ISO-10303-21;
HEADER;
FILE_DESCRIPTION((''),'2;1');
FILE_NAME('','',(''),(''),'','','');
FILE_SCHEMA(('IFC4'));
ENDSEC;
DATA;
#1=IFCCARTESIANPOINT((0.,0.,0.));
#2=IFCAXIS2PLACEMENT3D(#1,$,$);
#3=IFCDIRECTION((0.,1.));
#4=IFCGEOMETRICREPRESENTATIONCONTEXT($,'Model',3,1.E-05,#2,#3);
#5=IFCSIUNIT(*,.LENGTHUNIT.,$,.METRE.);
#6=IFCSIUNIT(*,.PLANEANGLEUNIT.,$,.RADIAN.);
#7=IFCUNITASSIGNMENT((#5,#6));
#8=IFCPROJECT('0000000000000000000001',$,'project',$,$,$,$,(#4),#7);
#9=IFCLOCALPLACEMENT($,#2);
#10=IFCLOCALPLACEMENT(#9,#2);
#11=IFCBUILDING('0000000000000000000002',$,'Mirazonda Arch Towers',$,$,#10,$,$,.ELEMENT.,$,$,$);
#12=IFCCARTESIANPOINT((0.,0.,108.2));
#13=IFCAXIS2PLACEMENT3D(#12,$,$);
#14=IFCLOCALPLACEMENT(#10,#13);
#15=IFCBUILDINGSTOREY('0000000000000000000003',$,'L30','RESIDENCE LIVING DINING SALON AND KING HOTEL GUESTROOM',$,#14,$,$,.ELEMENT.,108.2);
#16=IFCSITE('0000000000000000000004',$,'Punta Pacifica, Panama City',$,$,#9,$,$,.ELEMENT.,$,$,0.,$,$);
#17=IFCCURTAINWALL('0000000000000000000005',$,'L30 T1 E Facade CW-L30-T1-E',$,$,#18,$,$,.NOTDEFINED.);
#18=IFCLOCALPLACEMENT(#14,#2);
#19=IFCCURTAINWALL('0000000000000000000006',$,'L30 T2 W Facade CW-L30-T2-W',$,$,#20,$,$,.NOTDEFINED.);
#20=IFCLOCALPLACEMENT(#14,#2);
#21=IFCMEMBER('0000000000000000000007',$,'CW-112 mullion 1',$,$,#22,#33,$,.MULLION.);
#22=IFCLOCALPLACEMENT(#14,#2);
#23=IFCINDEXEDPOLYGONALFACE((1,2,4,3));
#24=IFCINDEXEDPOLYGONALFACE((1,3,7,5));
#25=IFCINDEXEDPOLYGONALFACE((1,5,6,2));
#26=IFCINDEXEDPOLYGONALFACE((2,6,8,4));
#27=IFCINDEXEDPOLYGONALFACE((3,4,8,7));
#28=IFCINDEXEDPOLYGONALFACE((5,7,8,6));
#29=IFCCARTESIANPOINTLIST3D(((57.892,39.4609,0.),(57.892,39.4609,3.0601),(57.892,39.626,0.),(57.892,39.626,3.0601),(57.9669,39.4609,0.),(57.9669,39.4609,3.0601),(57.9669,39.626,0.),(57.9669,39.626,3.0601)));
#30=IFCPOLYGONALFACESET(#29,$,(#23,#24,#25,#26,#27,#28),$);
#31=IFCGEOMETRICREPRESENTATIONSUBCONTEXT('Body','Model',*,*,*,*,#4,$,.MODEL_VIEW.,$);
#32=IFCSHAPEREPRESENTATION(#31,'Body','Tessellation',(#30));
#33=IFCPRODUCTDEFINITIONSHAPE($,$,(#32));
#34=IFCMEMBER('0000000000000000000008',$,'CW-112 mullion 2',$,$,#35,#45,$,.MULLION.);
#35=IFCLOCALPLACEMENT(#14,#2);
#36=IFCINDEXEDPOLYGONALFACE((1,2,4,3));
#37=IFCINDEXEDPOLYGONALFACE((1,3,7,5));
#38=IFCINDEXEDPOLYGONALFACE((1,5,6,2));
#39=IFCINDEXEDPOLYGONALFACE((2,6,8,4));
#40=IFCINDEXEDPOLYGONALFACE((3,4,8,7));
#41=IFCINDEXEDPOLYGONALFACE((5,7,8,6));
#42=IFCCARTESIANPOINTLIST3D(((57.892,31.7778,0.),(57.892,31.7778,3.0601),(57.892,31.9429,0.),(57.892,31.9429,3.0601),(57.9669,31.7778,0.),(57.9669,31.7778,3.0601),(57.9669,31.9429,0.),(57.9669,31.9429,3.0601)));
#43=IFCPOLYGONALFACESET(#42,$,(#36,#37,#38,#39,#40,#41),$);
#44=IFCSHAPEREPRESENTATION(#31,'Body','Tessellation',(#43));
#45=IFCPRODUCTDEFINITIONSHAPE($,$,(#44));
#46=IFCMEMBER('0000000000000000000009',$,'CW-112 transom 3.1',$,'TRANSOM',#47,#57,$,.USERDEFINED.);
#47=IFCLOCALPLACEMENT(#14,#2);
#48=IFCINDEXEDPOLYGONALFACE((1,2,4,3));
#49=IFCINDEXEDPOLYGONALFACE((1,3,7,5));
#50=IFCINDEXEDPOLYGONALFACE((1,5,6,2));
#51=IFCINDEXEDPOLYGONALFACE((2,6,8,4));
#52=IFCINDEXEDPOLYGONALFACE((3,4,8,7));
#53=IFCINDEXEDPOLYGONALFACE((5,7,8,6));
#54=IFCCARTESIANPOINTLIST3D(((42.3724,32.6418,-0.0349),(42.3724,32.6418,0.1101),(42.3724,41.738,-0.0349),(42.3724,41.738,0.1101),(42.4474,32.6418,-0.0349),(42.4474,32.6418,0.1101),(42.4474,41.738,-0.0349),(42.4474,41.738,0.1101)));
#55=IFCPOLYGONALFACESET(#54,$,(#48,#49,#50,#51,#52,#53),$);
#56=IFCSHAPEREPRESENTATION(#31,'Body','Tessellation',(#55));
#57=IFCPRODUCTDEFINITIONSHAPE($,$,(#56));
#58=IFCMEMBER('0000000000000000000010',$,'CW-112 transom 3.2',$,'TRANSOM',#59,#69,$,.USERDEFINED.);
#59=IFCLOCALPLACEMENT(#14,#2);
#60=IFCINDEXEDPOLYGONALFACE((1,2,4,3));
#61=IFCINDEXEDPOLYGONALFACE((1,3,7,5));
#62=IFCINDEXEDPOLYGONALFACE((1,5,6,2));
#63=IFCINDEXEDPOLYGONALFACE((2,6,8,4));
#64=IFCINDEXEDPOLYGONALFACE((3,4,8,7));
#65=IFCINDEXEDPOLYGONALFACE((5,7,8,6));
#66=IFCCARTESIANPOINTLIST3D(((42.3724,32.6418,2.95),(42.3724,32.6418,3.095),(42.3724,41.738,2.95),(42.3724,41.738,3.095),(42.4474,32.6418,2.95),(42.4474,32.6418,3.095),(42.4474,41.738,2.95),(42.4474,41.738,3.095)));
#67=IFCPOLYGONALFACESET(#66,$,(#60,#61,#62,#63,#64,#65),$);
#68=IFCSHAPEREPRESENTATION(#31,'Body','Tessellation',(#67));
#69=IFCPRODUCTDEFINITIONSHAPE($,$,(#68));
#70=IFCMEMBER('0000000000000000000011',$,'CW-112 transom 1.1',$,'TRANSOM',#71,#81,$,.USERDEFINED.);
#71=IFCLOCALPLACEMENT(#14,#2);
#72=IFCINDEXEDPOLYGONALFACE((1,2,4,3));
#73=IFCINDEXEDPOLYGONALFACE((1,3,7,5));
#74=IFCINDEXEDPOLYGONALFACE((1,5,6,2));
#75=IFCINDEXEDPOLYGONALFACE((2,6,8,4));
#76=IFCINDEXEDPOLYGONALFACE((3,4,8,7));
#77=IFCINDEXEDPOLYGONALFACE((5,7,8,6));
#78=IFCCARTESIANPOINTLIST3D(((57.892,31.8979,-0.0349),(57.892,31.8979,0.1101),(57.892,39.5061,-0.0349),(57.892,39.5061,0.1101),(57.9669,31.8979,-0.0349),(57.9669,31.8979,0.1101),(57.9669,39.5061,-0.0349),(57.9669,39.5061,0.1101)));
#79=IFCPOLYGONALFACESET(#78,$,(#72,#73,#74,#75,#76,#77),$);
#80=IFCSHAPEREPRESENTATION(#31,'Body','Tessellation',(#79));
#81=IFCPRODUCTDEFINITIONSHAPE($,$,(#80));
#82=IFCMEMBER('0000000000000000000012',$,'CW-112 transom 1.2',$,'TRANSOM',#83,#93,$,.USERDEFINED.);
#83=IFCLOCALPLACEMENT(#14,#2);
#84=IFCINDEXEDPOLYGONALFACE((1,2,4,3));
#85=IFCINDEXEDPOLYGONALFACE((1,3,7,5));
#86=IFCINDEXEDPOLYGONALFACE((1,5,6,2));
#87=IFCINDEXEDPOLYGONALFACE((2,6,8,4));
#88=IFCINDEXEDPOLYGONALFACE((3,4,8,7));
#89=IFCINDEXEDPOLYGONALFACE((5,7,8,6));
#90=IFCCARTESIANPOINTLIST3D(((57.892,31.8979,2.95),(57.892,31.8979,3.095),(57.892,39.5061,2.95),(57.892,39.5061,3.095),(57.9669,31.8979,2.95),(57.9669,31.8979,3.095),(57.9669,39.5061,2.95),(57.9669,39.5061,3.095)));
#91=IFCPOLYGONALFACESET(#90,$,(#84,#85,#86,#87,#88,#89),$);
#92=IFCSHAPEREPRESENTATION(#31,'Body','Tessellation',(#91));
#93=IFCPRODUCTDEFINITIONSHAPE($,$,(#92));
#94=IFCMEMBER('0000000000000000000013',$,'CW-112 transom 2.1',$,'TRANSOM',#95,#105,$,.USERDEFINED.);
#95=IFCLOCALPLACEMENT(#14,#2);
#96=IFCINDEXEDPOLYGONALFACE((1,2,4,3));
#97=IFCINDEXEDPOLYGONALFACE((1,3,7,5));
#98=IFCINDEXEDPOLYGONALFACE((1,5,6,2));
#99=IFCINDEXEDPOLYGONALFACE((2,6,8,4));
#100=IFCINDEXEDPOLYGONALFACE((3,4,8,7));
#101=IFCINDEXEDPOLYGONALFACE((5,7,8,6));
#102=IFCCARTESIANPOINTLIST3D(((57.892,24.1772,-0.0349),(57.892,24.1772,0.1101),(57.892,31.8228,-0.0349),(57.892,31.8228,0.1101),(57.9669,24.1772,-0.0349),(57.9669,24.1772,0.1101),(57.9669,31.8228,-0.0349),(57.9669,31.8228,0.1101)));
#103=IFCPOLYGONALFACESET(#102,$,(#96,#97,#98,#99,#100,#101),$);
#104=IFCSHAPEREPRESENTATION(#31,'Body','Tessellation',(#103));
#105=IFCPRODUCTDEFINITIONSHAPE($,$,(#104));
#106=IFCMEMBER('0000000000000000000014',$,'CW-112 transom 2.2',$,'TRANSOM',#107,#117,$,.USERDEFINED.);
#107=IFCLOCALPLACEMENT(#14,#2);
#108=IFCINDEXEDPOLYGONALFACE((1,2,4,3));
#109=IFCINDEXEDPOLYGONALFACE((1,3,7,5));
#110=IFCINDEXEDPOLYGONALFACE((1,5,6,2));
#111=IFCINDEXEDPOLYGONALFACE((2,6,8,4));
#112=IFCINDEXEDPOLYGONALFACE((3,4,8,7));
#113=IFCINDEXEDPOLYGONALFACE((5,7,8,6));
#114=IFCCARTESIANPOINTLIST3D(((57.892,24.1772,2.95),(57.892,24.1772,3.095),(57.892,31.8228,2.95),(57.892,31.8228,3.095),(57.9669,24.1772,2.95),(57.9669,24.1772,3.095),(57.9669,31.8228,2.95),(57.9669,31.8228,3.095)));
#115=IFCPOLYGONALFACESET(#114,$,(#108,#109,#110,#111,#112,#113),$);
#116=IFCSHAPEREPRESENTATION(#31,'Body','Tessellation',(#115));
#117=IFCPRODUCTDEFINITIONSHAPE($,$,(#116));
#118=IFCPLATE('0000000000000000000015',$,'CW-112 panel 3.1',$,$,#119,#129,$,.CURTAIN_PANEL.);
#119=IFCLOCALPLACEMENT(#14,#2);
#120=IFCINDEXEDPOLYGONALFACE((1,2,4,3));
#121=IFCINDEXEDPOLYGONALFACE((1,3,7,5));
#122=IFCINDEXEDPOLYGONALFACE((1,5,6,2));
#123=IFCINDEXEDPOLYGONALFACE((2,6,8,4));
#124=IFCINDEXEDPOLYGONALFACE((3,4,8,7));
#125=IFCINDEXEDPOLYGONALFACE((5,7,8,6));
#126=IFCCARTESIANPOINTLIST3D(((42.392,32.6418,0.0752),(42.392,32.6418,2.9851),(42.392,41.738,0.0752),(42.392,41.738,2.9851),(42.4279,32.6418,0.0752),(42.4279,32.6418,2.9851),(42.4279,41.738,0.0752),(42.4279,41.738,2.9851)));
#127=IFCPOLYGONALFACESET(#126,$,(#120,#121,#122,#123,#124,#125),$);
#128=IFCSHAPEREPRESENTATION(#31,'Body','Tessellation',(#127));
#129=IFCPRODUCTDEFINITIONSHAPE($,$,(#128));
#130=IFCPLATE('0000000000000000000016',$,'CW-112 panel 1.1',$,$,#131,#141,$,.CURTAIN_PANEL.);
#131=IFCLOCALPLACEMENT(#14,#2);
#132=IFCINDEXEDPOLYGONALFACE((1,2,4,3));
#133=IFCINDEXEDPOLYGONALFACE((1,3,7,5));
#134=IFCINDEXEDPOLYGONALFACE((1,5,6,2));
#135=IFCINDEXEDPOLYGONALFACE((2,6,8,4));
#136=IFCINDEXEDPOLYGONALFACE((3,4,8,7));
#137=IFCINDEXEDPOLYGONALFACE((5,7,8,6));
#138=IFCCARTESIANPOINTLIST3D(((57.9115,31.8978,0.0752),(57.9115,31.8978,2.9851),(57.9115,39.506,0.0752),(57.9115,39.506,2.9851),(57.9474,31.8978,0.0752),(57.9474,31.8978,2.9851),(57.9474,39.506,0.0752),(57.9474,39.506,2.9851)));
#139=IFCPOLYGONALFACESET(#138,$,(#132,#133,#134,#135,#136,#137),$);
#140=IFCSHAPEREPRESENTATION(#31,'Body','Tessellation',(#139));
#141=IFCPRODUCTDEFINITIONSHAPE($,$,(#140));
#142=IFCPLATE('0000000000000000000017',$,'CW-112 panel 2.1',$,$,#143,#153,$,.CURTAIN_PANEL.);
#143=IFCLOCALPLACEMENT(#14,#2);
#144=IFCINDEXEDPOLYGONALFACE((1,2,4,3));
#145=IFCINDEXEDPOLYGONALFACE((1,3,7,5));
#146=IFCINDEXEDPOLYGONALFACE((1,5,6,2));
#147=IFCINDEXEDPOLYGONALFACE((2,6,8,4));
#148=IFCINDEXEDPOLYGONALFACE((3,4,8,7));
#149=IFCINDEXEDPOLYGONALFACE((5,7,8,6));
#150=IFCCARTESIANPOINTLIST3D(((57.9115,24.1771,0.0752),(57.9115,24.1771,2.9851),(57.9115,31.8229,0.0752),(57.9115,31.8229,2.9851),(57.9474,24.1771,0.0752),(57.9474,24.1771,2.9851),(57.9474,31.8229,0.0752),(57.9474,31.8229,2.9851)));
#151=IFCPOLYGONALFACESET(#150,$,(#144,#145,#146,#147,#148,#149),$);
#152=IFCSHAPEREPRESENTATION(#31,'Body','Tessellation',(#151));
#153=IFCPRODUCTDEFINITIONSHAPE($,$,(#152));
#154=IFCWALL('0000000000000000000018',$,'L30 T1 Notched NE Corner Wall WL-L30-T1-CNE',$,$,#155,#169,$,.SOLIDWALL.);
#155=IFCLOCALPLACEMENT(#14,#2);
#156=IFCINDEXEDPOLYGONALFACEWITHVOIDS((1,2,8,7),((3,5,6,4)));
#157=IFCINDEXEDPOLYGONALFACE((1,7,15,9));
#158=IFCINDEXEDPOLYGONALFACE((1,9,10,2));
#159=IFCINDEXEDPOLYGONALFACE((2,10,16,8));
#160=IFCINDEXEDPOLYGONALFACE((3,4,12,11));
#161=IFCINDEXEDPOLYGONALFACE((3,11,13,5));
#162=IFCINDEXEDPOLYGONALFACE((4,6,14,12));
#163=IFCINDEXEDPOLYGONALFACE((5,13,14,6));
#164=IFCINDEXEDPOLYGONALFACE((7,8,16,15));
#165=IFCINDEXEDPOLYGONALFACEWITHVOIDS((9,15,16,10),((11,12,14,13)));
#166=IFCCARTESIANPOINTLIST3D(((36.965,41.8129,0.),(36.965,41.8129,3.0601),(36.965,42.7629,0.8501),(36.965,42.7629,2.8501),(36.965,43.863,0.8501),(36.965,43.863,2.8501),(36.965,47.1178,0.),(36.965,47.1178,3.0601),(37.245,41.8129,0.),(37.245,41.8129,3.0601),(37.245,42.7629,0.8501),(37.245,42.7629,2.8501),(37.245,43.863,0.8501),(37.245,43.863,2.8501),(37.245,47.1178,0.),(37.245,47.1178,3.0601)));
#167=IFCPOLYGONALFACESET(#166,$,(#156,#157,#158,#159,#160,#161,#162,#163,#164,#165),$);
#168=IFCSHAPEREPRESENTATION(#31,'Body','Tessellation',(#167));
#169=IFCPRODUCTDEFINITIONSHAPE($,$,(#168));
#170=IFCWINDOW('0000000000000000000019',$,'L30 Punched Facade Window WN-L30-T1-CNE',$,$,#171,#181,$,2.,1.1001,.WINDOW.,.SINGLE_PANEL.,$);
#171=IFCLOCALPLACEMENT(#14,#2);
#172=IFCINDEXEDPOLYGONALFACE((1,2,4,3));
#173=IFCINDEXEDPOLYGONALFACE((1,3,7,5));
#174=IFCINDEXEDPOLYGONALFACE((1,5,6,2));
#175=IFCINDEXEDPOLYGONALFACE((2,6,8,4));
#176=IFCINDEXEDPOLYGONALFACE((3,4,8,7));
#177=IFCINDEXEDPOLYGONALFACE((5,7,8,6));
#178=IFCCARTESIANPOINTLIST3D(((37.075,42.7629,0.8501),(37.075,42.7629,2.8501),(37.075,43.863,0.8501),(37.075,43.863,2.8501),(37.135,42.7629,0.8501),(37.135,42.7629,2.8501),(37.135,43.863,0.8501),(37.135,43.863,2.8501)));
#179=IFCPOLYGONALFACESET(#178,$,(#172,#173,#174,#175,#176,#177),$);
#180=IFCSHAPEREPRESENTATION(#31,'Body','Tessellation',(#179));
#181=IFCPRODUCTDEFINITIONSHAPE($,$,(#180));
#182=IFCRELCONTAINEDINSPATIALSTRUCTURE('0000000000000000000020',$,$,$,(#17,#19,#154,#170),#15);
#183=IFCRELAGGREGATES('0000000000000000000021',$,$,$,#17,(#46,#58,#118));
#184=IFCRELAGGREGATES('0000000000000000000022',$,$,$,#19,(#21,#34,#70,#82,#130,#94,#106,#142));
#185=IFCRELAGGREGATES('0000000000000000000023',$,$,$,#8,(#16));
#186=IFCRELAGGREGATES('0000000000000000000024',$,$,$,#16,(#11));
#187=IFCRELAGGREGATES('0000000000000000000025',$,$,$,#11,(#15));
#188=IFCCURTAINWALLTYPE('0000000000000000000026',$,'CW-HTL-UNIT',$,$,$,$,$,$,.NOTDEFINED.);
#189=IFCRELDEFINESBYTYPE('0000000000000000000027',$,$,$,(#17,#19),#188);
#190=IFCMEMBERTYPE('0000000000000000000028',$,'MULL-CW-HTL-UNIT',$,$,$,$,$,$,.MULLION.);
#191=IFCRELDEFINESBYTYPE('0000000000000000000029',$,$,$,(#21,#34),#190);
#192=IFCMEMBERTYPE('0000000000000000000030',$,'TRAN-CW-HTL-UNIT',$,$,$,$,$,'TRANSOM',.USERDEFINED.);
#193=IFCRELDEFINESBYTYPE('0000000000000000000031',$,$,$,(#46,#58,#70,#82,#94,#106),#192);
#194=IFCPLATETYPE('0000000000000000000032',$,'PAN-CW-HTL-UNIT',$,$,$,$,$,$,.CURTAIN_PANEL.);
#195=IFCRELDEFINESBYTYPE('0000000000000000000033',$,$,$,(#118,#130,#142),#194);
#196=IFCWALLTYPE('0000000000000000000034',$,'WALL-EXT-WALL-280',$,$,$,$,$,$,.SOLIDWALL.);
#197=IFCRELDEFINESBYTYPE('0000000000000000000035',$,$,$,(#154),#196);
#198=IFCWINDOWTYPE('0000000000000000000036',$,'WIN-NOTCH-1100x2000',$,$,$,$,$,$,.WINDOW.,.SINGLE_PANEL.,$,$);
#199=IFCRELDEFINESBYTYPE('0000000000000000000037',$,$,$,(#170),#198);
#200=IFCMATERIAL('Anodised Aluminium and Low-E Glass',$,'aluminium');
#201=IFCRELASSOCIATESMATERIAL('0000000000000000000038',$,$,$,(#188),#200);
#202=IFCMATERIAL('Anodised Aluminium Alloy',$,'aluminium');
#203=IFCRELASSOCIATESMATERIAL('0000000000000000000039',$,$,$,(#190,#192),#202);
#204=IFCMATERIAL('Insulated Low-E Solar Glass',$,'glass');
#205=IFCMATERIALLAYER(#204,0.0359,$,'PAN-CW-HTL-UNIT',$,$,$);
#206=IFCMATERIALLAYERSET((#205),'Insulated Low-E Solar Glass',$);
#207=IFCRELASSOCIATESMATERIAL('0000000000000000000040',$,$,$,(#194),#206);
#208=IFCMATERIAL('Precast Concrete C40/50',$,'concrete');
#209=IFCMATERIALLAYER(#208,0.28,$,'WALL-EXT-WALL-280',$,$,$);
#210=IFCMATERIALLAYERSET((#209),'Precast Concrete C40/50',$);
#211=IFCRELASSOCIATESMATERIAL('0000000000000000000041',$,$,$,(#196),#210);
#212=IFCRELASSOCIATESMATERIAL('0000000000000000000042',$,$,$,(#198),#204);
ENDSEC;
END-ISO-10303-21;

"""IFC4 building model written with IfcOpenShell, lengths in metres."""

from ifc_helpers import new_model, si_unit, direction, frame, frame_2d, origin, origin_2d, place, context, subcontext, project, spatial, rectangle, extrude, material, layer, layer_set, material_profile, profile_set, type_object, element, fill, aggregate, save


model = new_model("IFC4")

# Units and contexts
model_context = context("Model", 3, precision=1e-05, world=origin(), true_north=direction((0.0, 1.0)))
body_context = subcontext(model_context, "Body", "Model", "MODEL_VIEW")
ifc_project = project(units=[si_unit("LENGTHUNIT", "METRE"), si_unit("PLANEANGLEUNIT", "RADIAN")], contexts=[model_context])

# Site, building, storey
site_placement = place(None, origin())
site = spatial("IfcSite", under=ifc_project, at=site_placement, Name="Punta Pacifica, Panama City", CompositionType="ELEMENT", RefElevation=0.0)
building_placement = place(site_placement, origin())
building = spatial("IfcBuilding", under=site, at=building_placement, Name="Mirazonda Arch Towers", CompositionType="ELEMENT")
storey_placement = place(building_placement, frame((0.0, 0.0, 108.2)))
storey = spatial("IfcBuildingStorey", under=building, at=storey_placement, Name="L30", Description="RESIDENCE LIVING DINING SALON AND KING HOTEL GUESTROOM", CompositionType="ELEMENT", Elevation=108.2)

# Curtain wall
ifc_material_1 = material(Name="Anodised Aluminium and Low-E Glass", Category="aluminium")
curtain_wall_type = type_object("IfcCurtainWallType", Name="CW-HTL-UNIT", PredefinedType="NOTDEFINED", material=ifc_material_1)
curtain_wall_1_placement = place(storey_placement, origin())
curtain_wall_1 = element("IfcCurtainWall", 1, at=curtain_wall_1_placement, inside=storey, type_object=curtain_wall_type, Name="L30 T1 E Facade CW-L30-T1-E", PredefinedType="NOTDEFINED")
ifc_material_2 = material(Name="Anodised Aluminium Alloy", Category="aluminium")
ifc_material_profile_1 = material_profile(ifc_material_2, rectangle(XDim=0.075, YDim=0.165, at=origin_2d()), Name="ALU-MULL-75x165")
ifc_profile_set_1 = profile_set([ifc_material_profile_1], Name="Anodised Aluminium Alloy")
member_type_1 = type_object("IfcMemberType", Name="MULL-CW-HTL-UNIT", PredefinedType="MULLION", material=ifc_profile_set_1)

# Curtain wall, members
curtain_wall_2_placement = place(storey_placement, origin())
curtain_wall_2 = element("IfcCurtainWall", 2, at=curtain_wall_2_placement, inside=storey, type_object=curtain_wall_type, Name="L30 T2 W Facade CW-L30-T2-W", PredefinedType="NOTDEFINED")
member_1_placement = place(storey_placement, frame((57.9294, 39.5435, 0.0), z_axis=(0.0, 0.0, 1.0), x_axis=(1.0, 0.0, 0.0)))
member_1 = element("IfcMember", 3, at=member_1_placement, type_object=member_type_1, Name="CW-112 mullion 1", PredefinedType="MULLION", context=body_context, shape_type="SweptSolid", body=[
    extrude(rectangle(XDim=0.075, YDim=0.165, at=origin_2d()), origin(), (0.0, 0.0, 1.0), 3.0601),
])
member_2_placement = place(storey_placement, frame((57.9294, 31.8604, 0.0), z_axis=(0.0, 0.0, 1.0), x_axis=(1.0, 0.0, 0.0)))
member_2 = element("IfcMember", 4, at=member_2_placement, type_object=member_type_1, Name="CW-112 mullion 2", PredefinedType="MULLION", context=body_context, shape_type="SweptSolid", body=[
    extrude(rectangle(XDim=0.075, YDim=0.165, at=origin_2d()), origin(), (0.0, 0.0, 1.0), 3.0601),
])

# Members
ifc_material_profile_2 = material_profile(ifc_material_2, rectangle(XDim=0.075, YDim=0.145, at=origin_2d()), Name="ALU-TRAN-75x145")
ifc_profile_set_2 = profile_set([ifc_material_profile_2], Name="Anodised Aluminium Alloy")
member_type_2 = type_object("IfcMemberType", Name="TRAN-CW-HTL-UNIT", ElementType="TRANSOM", PredefinedType="USERDEFINED", material=ifc_profile_set_2)
member_3_placement = place(storey_placement, frame((42.4099, 32.6418, 0.0376), z_axis=(0.0, 1.0, 0.0), x_axis=(-1.0, 0.0, 0.0)))
member_3 = element("IfcMember", 5, at=member_3_placement, type_object=member_type_2, Name="CW-112 transom 3.1", ObjectType="TRANSOM", PredefinedType="USERDEFINED", context=body_context, shape_type="SweptSolid", body=[
    extrude(rectangle(XDim=0.075, YDim=0.145, at=origin_2d()), origin(), (0.0, 0.0, 1.0), 9.0962),
])
member_4_placement = place(storey_placement, frame((42.4099, 32.6418, 3.0225), z_axis=(0.0, 1.0, 0.0), x_axis=(-1.0, 0.0, 0.0)))
member_4 = element("IfcMember", 6, at=member_4_placement, type_object=member_type_2, Name="CW-112 transom 3.2", ObjectType="TRANSOM", PredefinedType="USERDEFINED", context=body_context, shape_type="SweptSolid", body=[
    extrude(rectangle(XDim=0.075, YDim=0.145, at=origin_2d()), origin(), (0.0, 0.0, 1.0), 9.0962),
])
member_5_placement = place(storey_placement, frame((57.9294, 39.5061, 0.0376), z_axis=(0.0, -1.0, 0.0), x_axis=(1.0, 0.0, 0.0)))
member_5 = element("IfcMember", 7, at=member_5_placement, type_object=member_type_2, Name="CW-112 transom 1.1", ObjectType="TRANSOM", PredefinedType="USERDEFINED", context=body_context, shape_type="SweptSolid", body=[
    extrude(rectangle(XDim=0.075, YDim=0.145, at=origin_2d()), origin(), (0.0, 0.0, 1.0), 7.6082),
])
member_6_placement = place(storey_placement, frame((57.9294, 39.5061, 3.0225), z_axis=(0.0, -1.0, 0.0), x_axis=(1.0, 0.0, 0.0)))
member_6 = element("IfcMember", 8, at=member_6_placement, type_object=member_type_2, Name="CW-112 transom 1.2", ObjectType="TRANSOM", PredefinedType="USERDEFINED", context=body_context, shape_type="SweptSolid", body=[
    extrude(rectangle(XDim=0.075, YDim=0.145, at=origin_2d()), origin(), (0.0, 0.0, 1.0), 7.6082),
])
member_7_placement = place(storey_placement, frame((57.9294, 31.8228, 0.0376), z_axis=(0.0, -1.0, 0.0), x_axis=(1.0, 0.0, 0.0)))
member_7 = element("IfcMember", 9, at=member_7_placement, type_object=member_type_2, Name="CW-112 transom 2.1", ObjectType="TRANSOM", PredefinedType="USERDEFINED", context=body_context, shape_type="SweptSolid", body=[
    extrude(rectangle(XDim=0.075, YDim=0.145, at=origin_2d()), origin(), (0.0, 0.0, 1.0), 7.6455),
])
member_8_placement = place(storey_placement, frame((57.9294, 31.8228, 3.0225), z_axis=(0.0, -1.0, 0.0), x_axis=(1.0, 0.0, 0.0)))
member_8 = element("IfcMember", 10, at=member_8_placement, type_object=member_type_2, Name="CW-112 transom 2.2", ObjectType="TRANSOM", PredefinedType="USERDEFINED", context=body_context, shape_type="SweptSolid", body=[
    extrude(rectangle(XDim=0.075, YDim=0.145, at=origin_2d()), origin(), (0.0, 0.0, 1.0), 7.6455),
])

# Plates
ifc_material_3 = material(Name="Insulated Low-E Solar Glass", Category="glass")
ifc_layer_1 = layer(ifc_material_3, 0.0359, Name="PAN-CW-HTL-UNIT")
ifc_layer_set_1 = layer_set([ifc_layer_1], Name="Insulated Low-E Solar Glass")
plate_type = type_object("IfcPlateType", Name="PAN-CW-HTL-UNIT", PredefinedType="CURTAIN_PANEL", material=ifc_layer_set_1)
plate_1_placement = place(storey_placement, frame((42.4099, 37.1899, 0.0752), z_axis=(0.0, 0.0, 1.0), x_axis=(0.0, 1.0, 0.0)))
plate_1 = element("IfcPlate", 11, at=plate_1_placement, type_object=plate_type, Name="CW-112 panel 3.1", PredefinedType="CURTAIN_PANEL", context=body_context, shape_type="SweptSolid", body=[
    extrude(rectangle(XDim=9.0962, YDim=0.0359, at=origin_2d()), origin(), (0.0, 0.0, 1.0), 2.9099),
])
aggregate(curtain_wall_1, [member_3, member_4, plate_1])
plate_2_placement = place(storey_placement, frame((57.9294, 35.7019, 0.0752), z_axis=(0.0, 0.0, 1.0), x_axis=(0.0, -1.0, 0.0)))
plate_2 = element("IfcPlate", 12, at=plate_2_placement, type_object=plate_type, Name="CW-112 panel 1.1", PredefinedType="CURTAIN_PANEL", context=body_context, shape_type="SweptSolid", body=[
    extrude(rectangle(XDim=7.6082, YDim=0.0359, at=origin_2d()), origin(), (0.0, 0.0, 1.0), 2.9099),
])
plate_3_placement = place(storey_placement, frame((57.9294, 28.0, 0.0752), z_axis=(0.0, 0.0, 1.0), x_axis=(0.0, -1.0, 0.0)))
plate_3 = element("IfcPlate", 13, at=plate_3_placement, type_object=plate_type, Name="CW-112 panel 2.1", PredefinedType="CURTAIN_PANEL", context=body_context, shape_type="SweptSolid", body=[
    extrude(rectangle(XDim=7.6458, YDim=0.0359, at=origin_2d()), origin(), (0.0, 0.0, 1.0), 2.9099),
])
aggregate(curtain_wall_2, [member_1, member_2, member_5, member_6, plate_2, member_7, member_8, plate_3])

# Wall, opening, window
ifc_material_4 = material(Name="Precast Concrete C40/50", Category="concrete")
ifc_layer_2 = layer(ifc_material_4, 0.28, Name="WALL-EXT-WALL-280")
ifc_layer_set_2 = layer_set([ifc_layer_2], Name="Precast Concrete C40/50")
wall_type_1 = type_object("IfcWallType", Name="WALL-EXT-WALL-280", PredefinedType="SOLIDWALL", material=ifc_layer_set_2)
wall_1_placement = place(storey_placement, frame((37.105, 41.813, 0.0), z_axis=(0.0, 0.0, 1.0), x_axis=(0.0, 1.0, 0.0)))
wall_1 = element("IfcWall", 14, at=wall_1_placement, inside=storey, type_object=wall_type_1, Name="L30 T1 Notched NE Corner Wall WL-L30-T1-CNE", PredefinedType="SOLIDWALL", context=body_context, shape_type="SweptSolid", body=[
    extrude(rectangle(XDim=5.3049, YDim=0.28, at=frame_2d((2.6523, 0.0))), origin(), (0.0, 0.0, 1.0), 3.0601),
])
opening_1_placement = place(wall_1_placement, frame((0.95, 0.0, 0.8501)))
opening_1 = element("IfcOpeningElement", 15, at=opening_1_placement, cuts=wall_1, PredefinedType="OPENING", context=body_context, shape_type="SweptSolid", body=[
    extrude(rectangle(XDim=1.1001, YDim=2.0, at=frame_2d((0.55, 1.0))), frame((0.0, 0.1499, 0.0), z_axis=(0.0, -1.0, 0.0), x_axis=(1.0, 0.0, 0.0)), (0.0, 0.0, 1.0), 0.3),
])
window_type = type_object("IfcWindowType", Name="WIN-NOTCH-1100x2000", PartitioningType="SINGLE_PANEL", PredefinedType="WINDOW", material=ifc_material_3)
window_1_placement = place(opening_1_placement, origin())
window_1 = element("IfcWindow", 16, at=window_1_placement, inside=storey, type_object=window_type, Name="L30 Punched Facade Window WN-L30-T1-CNE", OverallHeight=2.0, OverallWidth=1.1001, PartitioningType="SINGLE_PANEL", PredefinedType="WINDOW", context=body_context, shape_type="SweptSolid", body=[
    extrude(rectangle(XDim=1.1001, YDim=2.0, at=frame_2d((0.55, 1.0))), frame((0.0, 0.03, 0.0), z_axis=(0.0, -1.0, 0.0), x_axis=(1.0, 0.0, 0.0)), (0.0, 0.0, 1.0), 0.0601),
])
fill(opening_1, window_1)

save(model, "model.ifc")
